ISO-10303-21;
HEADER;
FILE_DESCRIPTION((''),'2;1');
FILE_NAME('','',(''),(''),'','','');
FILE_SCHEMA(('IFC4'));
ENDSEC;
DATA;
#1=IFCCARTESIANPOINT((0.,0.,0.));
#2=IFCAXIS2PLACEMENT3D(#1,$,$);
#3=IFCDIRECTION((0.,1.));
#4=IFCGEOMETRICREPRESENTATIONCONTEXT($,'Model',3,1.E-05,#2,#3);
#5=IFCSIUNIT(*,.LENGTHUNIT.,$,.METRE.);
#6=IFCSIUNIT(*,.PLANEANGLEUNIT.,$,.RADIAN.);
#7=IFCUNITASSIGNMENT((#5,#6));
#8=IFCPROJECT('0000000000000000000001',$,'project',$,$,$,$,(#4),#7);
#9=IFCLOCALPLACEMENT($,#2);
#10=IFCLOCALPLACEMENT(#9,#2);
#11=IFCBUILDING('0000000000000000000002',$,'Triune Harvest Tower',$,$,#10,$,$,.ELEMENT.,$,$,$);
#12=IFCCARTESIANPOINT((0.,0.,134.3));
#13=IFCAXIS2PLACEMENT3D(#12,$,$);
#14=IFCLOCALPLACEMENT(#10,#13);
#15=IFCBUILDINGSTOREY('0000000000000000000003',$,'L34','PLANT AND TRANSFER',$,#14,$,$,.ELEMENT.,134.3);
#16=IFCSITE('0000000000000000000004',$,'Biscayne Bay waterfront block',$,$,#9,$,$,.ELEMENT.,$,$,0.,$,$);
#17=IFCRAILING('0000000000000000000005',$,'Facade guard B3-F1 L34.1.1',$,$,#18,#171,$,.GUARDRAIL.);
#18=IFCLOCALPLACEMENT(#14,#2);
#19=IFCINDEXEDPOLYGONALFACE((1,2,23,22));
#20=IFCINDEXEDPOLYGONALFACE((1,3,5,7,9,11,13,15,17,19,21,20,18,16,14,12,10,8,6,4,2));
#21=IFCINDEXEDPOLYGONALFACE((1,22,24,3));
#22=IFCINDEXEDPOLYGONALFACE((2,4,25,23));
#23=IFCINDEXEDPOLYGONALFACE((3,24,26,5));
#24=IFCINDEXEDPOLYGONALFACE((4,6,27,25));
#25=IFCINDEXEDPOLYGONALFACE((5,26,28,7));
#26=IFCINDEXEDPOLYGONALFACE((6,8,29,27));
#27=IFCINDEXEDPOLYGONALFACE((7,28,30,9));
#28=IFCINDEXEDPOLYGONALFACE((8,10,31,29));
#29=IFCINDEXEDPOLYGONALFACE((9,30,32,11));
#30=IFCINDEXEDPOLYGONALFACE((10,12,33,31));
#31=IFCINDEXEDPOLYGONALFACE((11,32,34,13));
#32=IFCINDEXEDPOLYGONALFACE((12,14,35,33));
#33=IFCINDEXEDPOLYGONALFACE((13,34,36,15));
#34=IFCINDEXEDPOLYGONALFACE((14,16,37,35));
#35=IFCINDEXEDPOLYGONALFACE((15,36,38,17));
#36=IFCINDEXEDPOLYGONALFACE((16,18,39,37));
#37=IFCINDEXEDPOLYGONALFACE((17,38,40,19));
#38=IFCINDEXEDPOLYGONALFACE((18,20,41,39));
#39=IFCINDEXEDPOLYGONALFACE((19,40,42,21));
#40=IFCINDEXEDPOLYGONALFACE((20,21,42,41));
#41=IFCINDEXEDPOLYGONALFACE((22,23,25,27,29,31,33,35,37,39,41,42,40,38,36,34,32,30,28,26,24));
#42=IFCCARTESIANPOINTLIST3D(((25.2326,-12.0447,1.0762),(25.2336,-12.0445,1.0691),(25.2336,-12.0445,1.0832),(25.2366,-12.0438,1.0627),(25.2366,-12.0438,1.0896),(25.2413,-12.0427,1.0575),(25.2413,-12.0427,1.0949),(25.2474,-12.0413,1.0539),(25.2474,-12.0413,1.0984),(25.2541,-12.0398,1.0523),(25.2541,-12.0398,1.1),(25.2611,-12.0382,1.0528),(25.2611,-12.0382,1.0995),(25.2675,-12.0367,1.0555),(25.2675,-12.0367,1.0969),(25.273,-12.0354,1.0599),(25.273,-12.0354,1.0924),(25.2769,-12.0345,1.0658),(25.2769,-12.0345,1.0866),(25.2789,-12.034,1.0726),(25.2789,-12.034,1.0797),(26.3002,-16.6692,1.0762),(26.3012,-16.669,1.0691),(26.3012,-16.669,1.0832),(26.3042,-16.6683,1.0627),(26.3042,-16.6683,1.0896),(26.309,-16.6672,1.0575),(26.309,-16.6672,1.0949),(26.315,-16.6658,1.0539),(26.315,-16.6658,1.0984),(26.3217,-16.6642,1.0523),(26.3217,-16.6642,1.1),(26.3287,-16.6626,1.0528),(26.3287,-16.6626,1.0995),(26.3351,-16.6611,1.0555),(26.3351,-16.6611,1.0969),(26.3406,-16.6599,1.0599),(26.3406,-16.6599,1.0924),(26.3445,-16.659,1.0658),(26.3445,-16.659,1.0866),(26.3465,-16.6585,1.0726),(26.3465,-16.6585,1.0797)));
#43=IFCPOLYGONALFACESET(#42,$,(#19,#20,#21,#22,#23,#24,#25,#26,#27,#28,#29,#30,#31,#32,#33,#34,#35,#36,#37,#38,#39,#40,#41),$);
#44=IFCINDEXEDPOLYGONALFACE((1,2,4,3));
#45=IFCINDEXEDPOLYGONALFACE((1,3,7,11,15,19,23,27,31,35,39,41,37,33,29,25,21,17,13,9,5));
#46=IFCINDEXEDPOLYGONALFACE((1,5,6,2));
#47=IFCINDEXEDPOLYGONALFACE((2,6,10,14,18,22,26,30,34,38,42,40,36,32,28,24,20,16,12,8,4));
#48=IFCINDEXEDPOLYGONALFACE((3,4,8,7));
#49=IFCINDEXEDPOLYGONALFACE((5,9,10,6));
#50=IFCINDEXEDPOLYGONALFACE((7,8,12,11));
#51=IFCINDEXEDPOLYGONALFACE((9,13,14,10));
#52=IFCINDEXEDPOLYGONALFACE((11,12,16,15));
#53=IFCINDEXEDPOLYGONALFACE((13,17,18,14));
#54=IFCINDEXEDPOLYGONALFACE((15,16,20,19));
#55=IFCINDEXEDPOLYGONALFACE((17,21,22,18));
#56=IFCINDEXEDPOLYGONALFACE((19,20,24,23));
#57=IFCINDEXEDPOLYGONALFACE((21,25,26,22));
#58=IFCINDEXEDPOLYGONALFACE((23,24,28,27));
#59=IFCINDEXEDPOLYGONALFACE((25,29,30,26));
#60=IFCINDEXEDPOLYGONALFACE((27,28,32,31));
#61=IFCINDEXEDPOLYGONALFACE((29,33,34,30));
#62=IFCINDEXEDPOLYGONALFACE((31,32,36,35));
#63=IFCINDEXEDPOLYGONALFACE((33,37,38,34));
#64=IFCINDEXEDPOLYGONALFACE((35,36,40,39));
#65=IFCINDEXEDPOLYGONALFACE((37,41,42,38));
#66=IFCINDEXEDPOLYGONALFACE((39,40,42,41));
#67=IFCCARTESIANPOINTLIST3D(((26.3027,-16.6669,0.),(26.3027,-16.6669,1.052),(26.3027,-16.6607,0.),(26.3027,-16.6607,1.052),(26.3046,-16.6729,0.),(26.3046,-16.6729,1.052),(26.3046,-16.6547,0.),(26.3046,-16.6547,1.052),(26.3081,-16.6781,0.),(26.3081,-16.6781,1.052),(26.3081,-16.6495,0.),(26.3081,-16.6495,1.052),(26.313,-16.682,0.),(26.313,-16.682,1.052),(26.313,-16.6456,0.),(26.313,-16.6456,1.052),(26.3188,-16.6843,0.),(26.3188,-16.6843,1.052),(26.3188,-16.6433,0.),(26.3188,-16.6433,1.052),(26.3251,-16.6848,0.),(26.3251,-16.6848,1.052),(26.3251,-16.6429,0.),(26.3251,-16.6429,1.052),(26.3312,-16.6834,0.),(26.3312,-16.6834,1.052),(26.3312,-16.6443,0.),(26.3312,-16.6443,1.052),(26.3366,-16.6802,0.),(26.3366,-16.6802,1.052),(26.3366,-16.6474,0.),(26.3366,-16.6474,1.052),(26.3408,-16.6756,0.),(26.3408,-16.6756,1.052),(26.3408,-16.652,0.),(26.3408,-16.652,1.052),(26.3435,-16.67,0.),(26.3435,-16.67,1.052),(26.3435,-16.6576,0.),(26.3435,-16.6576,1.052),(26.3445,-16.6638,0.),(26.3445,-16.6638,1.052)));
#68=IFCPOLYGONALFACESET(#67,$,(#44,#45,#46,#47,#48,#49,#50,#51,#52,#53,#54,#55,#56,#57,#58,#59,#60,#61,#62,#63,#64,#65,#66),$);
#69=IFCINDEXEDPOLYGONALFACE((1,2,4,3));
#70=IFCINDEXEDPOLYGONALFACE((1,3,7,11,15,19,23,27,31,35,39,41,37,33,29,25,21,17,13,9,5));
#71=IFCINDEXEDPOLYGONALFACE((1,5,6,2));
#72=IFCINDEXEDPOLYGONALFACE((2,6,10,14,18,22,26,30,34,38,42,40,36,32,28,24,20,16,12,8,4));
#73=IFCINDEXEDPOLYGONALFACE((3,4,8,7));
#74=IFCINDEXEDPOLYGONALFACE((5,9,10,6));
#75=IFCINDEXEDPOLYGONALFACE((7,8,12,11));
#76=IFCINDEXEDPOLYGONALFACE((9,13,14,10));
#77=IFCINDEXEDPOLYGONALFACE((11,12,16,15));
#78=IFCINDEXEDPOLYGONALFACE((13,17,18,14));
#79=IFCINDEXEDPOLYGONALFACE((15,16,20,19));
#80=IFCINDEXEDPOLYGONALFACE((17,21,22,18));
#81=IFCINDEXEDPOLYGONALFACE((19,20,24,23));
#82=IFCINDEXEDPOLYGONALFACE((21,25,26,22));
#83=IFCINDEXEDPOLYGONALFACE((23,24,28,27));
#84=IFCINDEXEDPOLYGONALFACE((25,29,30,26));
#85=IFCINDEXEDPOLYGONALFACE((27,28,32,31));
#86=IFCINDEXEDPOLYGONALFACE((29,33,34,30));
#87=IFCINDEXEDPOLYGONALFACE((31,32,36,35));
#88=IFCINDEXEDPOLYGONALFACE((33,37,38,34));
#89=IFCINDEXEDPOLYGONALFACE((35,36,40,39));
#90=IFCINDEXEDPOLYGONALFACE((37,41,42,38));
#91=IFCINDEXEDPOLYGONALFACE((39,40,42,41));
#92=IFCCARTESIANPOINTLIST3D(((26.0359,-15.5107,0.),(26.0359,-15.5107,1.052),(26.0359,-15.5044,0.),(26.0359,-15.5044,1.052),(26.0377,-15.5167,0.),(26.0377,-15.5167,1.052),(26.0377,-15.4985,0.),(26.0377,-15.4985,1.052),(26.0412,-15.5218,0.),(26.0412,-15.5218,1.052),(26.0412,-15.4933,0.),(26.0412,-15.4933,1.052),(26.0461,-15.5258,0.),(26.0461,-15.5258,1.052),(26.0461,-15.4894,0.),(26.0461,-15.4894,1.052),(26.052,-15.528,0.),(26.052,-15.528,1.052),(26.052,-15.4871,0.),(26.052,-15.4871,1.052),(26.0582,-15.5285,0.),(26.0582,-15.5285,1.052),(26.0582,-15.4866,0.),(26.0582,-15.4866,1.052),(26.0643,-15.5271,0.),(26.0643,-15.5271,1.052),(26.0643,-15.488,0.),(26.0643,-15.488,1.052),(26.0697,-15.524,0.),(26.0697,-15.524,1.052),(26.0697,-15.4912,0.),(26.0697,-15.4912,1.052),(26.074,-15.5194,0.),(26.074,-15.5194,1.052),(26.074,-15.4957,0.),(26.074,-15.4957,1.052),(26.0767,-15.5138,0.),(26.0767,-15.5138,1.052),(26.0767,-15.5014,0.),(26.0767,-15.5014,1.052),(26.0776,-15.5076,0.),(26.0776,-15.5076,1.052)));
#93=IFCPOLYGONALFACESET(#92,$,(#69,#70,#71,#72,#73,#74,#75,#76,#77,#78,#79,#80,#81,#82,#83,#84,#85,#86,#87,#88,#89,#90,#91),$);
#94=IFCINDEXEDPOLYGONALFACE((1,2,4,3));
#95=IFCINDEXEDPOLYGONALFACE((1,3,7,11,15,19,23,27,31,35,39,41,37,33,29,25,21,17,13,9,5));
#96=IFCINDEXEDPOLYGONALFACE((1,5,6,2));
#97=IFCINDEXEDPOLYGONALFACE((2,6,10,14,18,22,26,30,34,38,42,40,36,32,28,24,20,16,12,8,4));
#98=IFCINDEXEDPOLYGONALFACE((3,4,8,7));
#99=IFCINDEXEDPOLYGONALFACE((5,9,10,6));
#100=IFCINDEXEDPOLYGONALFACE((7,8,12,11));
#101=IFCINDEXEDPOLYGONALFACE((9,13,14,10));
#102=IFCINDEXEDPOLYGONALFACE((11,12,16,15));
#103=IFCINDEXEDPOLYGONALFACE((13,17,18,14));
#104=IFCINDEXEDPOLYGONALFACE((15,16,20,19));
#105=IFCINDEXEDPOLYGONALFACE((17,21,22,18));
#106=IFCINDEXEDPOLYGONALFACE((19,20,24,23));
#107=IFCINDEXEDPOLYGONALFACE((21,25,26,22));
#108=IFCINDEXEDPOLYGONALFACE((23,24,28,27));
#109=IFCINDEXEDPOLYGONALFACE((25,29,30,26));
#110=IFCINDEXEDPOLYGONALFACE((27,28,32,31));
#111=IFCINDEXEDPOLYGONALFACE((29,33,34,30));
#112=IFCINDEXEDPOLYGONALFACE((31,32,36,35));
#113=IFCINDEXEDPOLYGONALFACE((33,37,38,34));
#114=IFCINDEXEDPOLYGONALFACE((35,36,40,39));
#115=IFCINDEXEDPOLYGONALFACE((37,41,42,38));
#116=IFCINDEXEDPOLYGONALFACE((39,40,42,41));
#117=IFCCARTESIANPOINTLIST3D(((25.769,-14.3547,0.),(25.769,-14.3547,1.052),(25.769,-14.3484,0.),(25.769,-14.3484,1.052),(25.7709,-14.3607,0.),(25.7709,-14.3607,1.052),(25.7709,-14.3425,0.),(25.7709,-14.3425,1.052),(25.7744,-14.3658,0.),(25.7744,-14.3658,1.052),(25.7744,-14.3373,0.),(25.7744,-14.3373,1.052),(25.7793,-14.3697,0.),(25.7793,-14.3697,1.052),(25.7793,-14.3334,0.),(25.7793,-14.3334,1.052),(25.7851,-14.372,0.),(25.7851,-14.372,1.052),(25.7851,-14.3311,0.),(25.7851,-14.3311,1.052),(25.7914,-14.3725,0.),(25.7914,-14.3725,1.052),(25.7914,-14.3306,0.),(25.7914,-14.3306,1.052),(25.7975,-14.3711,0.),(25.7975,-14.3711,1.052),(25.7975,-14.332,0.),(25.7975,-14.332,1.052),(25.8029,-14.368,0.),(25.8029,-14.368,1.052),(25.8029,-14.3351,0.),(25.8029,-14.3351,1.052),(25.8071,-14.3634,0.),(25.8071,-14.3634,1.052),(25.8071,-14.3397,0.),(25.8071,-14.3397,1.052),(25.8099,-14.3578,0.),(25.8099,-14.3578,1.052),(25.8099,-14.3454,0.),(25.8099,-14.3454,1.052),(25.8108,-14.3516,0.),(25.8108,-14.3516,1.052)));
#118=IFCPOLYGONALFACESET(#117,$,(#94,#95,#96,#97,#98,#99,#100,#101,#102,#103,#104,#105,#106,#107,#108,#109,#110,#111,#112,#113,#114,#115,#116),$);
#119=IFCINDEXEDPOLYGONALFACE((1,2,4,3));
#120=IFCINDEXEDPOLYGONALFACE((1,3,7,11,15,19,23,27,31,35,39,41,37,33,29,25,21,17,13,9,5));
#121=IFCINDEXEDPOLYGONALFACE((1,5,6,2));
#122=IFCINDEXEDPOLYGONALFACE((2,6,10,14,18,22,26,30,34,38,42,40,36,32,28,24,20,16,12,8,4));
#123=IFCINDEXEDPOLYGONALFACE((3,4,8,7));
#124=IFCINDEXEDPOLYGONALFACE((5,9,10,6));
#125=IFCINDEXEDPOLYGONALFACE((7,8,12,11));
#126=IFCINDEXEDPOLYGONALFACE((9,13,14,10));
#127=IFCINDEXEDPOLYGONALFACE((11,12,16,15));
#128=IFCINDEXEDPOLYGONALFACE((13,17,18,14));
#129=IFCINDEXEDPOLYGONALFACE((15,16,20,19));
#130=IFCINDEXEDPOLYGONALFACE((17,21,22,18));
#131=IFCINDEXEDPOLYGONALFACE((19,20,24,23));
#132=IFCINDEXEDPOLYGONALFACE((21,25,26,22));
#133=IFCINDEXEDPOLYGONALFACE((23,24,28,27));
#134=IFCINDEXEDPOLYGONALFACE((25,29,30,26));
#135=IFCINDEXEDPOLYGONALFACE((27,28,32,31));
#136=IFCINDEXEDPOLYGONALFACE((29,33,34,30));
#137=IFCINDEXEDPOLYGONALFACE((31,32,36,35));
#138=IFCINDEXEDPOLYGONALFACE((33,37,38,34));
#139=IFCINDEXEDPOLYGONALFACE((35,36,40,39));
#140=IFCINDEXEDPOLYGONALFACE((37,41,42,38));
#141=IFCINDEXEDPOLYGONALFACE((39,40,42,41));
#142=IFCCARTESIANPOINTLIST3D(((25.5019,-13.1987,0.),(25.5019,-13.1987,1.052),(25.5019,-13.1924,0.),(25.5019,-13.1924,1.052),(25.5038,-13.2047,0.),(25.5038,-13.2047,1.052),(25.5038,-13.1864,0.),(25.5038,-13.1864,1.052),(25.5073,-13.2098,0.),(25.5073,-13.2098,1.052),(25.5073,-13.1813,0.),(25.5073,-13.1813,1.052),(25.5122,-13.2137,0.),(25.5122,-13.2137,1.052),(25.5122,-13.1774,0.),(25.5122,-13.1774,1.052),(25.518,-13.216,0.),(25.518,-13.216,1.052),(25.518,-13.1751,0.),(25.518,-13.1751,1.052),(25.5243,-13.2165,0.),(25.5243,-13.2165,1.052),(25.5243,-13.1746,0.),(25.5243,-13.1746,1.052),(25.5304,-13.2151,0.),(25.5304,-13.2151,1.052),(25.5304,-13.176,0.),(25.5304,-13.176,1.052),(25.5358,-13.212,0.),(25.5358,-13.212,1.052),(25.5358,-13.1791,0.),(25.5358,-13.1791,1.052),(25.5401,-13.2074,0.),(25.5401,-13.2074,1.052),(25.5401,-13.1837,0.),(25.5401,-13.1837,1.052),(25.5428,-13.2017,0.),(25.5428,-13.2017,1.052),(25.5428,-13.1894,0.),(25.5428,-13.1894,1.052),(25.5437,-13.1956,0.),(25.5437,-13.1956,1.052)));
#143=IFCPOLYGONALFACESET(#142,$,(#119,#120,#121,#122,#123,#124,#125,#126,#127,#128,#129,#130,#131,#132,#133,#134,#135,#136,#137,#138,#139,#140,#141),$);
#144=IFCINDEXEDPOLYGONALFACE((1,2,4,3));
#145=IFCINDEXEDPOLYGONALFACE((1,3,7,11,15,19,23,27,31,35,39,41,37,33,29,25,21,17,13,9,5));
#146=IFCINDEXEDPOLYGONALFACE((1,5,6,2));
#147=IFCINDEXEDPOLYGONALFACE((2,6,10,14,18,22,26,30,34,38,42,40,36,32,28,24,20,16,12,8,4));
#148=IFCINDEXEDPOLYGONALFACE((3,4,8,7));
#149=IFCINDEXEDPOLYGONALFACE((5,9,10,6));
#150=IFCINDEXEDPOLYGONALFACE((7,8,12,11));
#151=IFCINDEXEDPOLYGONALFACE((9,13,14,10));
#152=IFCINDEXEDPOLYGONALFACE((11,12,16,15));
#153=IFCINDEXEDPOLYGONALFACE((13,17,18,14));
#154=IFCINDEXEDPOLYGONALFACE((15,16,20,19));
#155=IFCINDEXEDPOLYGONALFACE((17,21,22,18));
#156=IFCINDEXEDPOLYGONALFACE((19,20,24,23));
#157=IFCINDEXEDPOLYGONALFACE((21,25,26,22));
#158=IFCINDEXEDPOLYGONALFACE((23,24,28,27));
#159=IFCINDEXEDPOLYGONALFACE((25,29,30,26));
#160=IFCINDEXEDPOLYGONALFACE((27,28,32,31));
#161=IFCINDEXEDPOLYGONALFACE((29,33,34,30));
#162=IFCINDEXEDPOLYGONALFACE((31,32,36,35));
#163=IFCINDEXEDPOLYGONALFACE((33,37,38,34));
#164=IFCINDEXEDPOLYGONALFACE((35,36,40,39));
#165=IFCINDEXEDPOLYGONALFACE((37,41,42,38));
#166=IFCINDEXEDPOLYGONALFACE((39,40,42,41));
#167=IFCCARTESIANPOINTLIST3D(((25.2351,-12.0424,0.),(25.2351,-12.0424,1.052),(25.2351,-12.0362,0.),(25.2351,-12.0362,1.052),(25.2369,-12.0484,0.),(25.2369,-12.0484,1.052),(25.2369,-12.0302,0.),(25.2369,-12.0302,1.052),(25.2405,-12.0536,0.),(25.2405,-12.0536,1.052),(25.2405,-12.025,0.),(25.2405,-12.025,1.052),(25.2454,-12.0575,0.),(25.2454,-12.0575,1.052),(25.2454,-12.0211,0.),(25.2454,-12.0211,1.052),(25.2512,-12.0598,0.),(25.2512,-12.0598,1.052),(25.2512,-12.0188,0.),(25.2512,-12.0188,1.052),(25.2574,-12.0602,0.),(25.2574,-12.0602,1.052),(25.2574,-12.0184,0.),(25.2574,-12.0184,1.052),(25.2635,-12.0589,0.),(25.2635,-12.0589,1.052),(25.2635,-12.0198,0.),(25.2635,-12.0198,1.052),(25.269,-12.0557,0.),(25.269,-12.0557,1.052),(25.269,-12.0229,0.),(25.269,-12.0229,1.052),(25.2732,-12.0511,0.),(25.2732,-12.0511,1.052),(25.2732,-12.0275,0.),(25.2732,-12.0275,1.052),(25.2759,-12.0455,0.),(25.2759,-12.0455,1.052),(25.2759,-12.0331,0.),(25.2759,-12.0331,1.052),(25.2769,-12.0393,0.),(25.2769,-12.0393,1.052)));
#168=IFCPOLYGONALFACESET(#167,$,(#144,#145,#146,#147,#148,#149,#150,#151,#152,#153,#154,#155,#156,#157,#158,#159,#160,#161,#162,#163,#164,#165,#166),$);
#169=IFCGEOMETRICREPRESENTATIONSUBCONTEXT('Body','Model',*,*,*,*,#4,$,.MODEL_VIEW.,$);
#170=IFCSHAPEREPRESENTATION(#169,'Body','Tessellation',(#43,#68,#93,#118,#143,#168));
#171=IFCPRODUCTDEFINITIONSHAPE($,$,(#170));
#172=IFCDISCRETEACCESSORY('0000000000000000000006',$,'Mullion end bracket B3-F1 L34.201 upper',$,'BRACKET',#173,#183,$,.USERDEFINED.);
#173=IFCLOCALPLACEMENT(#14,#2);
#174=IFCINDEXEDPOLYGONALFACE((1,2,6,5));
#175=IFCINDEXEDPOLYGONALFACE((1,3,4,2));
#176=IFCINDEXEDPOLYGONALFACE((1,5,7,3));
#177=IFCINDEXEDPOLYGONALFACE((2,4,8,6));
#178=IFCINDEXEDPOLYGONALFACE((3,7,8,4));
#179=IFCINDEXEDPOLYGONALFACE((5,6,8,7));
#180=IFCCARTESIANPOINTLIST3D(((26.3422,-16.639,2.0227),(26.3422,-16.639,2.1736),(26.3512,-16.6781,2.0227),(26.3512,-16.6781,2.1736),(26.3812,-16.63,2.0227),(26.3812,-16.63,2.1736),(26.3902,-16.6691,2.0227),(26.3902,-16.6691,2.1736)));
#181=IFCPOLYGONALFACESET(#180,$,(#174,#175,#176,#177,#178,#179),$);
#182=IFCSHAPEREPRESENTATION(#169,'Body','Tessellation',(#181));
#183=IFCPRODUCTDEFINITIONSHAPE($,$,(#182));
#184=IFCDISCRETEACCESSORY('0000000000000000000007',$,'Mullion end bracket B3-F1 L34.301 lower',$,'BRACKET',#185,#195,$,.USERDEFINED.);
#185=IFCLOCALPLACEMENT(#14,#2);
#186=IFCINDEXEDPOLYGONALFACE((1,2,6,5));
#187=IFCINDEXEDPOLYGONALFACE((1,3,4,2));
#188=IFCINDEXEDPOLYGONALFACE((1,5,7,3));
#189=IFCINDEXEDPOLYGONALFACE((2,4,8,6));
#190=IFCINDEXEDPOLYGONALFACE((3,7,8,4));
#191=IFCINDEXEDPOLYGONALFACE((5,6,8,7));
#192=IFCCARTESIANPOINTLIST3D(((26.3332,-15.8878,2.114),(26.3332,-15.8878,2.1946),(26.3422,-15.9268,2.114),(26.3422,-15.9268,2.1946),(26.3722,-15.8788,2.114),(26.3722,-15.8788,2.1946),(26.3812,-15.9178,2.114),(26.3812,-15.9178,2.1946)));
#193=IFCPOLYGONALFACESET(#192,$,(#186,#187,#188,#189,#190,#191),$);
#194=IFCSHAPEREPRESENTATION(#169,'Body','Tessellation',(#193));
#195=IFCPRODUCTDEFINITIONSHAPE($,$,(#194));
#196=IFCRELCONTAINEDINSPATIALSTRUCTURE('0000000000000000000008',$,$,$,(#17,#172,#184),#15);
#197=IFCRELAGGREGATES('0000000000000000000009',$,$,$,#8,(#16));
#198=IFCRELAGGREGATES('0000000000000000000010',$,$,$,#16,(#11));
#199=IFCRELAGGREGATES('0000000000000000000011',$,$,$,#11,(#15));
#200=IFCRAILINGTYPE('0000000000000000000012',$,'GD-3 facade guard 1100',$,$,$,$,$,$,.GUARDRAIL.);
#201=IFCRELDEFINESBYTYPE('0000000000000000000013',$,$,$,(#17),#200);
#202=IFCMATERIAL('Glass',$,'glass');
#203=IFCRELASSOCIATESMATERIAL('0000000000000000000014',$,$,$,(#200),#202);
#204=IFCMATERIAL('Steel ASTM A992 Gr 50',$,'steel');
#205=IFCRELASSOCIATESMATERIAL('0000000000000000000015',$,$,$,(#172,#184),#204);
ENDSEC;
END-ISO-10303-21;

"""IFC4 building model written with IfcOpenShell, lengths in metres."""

from ifc_helpers import new_model, si_unit, direction, frame, origin, origin_2d, place, context, subcontext, project, spatial, rectangle, circle, extrude, material, type_object, element, save


model = new_model("IFC4")

# Units and contexts
model_context = context("Model", 3, precision=1e-05, world=origin(), true_north=direction((0.0, 1.0)))
body_context = subcontext(model_context, "Body", "Model", "MODEL_VIEW")
ifc_project = project(units=[si_unit("LENGTHUNIT", "METRE"), si_unit("PLANEANGLEUNIT", "RADIAN")], contexts=[model_context])

# Site, building, storey
site_placement = place(None, origin())
site = spatial("IfcSite", under=ifc_project, at=site_placement, Name="Biscayne Bay waterfront block", CompositionType="ELEMENT", RefElevation=0.0)
building_placement = place(site_placement, origin())
building = spatial("IfcBuilding", under=site, at=building_placement, Name="Triune Harvest Tower", CompositionType="ELEMENT")
storey_placement = place(building_placement, frame((0.0, 0.0, 134.3)))
storey = spatial("IfcBuildingStorey", under=building, at=storey_placement, Name="L34", Description="PLANT AND TRANSFER", CompositionType="ELEMENT", Elevation=134.3)

# Railing
ifc_material_1 = material(Name="Glass", Category="glass")
railing_type = type_object("IfcRailingType", Name="GD-3 facade guard 1100", PredefinedType="GUARDRAIL", material=ifc_material_1)
railing_placement = place(storey_placement, frame((26.3235, -16.6638, 0.0)))
element("IfcRailing", 1, at=railing_placement, inside=storey, type_object=railing_type, Name="Facade guard B3-F1 L34.1.1", PredefinedType="GUARDRAIL", context=body_context, shape_type="SweptSolid", body=[
    extrude(circle(Radius=0.0239, at=origin_2d()), frame((0.0, 0.0, 1.0762), z_axis=(-0.224946, 0.974371, 0.0), x_axis=(-0.974371, -0.224946, 0.0)), (0.0, 0.0, 1.0), 4.7461),
    extrude(circle(Radius=0.021, at=origin_2d()), origin(), (0.0, 0.0, 1.0), 1.052),
    extrude(circle(Radius=0.021, at=origin_2d()), frame((-0.2668, 1.1562, 0.0)), (0.0, 0.0, 1.0), 1.052),
    extrude(circle(Radius=0.021, at=origin_2d()), frame((-0.5337, 2.3123, 0.0)), (0.0, 0.0, 1.0), 1.052),
    extrude(circle(Radius=0.021, at=origin_2d()), frame((-0.8008, 3.4683, 0.0)), (0.0, 0.0, 1.0), 1.052),
    extrude(circle(Radius=0.021, at=origin_2d()), frame((-1.0676, 4.6245, 0.0)), (0.0, 0.0, 1.0), 1.052),
])

# Discrete accessories
ifc_material_2 = material(Name="Steel ASTM A992 Gr 50", Category="steel")
discrete_accessory_1_placement = place(storey_placement, frame((26.3662, -16.6541, 2.0227), z_axis=(0.0, 0.0, 1.0), x_axis=(-0.2249, 0.974382, 0.0)))
element("IfcDiscreteAccessory", 2, at=discrete_accessory_1_placement, inside=storey, material=ifc_material_2, Name="Mullion end bracket B3-F1 L34.201 upper", ObjectType="BRACKET", PredefinedType="USERDEFINED", context=body_context, shape_type="SweptSolid", body=[
    extrude(rectangle(XDim=0.04, YDim=0.04, at=origin_2d()), origin(), (0.0, 0.0, 1.0), 0.1509),
])
discrete_accessory_2_placement = place(storey_placement, frame((26.3572, -15.9028, 2.114), z_axis=(0.0, 0.0, 1.0), x_axis=(-0.224939, 0.974373, 0.0)))
element("IfcDiscreteAccessory", 3, at=discrete_accessory_2_placement, inside=storey, material=ifc_material_2, Name="Mullion end bracket B3-F1 L34.301 lower", ObjectType="BRACKET", PredefinedType="USERDEFINED", context=body_context, shape_type="SweptSolid", body=[
    extrude(rectangle(XDim=0.04, YDim=0.04, at=origin_2d()), origin(), (0.0, 0.0, 1.0), 0.0806),
])

save(model, "model.ifc")
